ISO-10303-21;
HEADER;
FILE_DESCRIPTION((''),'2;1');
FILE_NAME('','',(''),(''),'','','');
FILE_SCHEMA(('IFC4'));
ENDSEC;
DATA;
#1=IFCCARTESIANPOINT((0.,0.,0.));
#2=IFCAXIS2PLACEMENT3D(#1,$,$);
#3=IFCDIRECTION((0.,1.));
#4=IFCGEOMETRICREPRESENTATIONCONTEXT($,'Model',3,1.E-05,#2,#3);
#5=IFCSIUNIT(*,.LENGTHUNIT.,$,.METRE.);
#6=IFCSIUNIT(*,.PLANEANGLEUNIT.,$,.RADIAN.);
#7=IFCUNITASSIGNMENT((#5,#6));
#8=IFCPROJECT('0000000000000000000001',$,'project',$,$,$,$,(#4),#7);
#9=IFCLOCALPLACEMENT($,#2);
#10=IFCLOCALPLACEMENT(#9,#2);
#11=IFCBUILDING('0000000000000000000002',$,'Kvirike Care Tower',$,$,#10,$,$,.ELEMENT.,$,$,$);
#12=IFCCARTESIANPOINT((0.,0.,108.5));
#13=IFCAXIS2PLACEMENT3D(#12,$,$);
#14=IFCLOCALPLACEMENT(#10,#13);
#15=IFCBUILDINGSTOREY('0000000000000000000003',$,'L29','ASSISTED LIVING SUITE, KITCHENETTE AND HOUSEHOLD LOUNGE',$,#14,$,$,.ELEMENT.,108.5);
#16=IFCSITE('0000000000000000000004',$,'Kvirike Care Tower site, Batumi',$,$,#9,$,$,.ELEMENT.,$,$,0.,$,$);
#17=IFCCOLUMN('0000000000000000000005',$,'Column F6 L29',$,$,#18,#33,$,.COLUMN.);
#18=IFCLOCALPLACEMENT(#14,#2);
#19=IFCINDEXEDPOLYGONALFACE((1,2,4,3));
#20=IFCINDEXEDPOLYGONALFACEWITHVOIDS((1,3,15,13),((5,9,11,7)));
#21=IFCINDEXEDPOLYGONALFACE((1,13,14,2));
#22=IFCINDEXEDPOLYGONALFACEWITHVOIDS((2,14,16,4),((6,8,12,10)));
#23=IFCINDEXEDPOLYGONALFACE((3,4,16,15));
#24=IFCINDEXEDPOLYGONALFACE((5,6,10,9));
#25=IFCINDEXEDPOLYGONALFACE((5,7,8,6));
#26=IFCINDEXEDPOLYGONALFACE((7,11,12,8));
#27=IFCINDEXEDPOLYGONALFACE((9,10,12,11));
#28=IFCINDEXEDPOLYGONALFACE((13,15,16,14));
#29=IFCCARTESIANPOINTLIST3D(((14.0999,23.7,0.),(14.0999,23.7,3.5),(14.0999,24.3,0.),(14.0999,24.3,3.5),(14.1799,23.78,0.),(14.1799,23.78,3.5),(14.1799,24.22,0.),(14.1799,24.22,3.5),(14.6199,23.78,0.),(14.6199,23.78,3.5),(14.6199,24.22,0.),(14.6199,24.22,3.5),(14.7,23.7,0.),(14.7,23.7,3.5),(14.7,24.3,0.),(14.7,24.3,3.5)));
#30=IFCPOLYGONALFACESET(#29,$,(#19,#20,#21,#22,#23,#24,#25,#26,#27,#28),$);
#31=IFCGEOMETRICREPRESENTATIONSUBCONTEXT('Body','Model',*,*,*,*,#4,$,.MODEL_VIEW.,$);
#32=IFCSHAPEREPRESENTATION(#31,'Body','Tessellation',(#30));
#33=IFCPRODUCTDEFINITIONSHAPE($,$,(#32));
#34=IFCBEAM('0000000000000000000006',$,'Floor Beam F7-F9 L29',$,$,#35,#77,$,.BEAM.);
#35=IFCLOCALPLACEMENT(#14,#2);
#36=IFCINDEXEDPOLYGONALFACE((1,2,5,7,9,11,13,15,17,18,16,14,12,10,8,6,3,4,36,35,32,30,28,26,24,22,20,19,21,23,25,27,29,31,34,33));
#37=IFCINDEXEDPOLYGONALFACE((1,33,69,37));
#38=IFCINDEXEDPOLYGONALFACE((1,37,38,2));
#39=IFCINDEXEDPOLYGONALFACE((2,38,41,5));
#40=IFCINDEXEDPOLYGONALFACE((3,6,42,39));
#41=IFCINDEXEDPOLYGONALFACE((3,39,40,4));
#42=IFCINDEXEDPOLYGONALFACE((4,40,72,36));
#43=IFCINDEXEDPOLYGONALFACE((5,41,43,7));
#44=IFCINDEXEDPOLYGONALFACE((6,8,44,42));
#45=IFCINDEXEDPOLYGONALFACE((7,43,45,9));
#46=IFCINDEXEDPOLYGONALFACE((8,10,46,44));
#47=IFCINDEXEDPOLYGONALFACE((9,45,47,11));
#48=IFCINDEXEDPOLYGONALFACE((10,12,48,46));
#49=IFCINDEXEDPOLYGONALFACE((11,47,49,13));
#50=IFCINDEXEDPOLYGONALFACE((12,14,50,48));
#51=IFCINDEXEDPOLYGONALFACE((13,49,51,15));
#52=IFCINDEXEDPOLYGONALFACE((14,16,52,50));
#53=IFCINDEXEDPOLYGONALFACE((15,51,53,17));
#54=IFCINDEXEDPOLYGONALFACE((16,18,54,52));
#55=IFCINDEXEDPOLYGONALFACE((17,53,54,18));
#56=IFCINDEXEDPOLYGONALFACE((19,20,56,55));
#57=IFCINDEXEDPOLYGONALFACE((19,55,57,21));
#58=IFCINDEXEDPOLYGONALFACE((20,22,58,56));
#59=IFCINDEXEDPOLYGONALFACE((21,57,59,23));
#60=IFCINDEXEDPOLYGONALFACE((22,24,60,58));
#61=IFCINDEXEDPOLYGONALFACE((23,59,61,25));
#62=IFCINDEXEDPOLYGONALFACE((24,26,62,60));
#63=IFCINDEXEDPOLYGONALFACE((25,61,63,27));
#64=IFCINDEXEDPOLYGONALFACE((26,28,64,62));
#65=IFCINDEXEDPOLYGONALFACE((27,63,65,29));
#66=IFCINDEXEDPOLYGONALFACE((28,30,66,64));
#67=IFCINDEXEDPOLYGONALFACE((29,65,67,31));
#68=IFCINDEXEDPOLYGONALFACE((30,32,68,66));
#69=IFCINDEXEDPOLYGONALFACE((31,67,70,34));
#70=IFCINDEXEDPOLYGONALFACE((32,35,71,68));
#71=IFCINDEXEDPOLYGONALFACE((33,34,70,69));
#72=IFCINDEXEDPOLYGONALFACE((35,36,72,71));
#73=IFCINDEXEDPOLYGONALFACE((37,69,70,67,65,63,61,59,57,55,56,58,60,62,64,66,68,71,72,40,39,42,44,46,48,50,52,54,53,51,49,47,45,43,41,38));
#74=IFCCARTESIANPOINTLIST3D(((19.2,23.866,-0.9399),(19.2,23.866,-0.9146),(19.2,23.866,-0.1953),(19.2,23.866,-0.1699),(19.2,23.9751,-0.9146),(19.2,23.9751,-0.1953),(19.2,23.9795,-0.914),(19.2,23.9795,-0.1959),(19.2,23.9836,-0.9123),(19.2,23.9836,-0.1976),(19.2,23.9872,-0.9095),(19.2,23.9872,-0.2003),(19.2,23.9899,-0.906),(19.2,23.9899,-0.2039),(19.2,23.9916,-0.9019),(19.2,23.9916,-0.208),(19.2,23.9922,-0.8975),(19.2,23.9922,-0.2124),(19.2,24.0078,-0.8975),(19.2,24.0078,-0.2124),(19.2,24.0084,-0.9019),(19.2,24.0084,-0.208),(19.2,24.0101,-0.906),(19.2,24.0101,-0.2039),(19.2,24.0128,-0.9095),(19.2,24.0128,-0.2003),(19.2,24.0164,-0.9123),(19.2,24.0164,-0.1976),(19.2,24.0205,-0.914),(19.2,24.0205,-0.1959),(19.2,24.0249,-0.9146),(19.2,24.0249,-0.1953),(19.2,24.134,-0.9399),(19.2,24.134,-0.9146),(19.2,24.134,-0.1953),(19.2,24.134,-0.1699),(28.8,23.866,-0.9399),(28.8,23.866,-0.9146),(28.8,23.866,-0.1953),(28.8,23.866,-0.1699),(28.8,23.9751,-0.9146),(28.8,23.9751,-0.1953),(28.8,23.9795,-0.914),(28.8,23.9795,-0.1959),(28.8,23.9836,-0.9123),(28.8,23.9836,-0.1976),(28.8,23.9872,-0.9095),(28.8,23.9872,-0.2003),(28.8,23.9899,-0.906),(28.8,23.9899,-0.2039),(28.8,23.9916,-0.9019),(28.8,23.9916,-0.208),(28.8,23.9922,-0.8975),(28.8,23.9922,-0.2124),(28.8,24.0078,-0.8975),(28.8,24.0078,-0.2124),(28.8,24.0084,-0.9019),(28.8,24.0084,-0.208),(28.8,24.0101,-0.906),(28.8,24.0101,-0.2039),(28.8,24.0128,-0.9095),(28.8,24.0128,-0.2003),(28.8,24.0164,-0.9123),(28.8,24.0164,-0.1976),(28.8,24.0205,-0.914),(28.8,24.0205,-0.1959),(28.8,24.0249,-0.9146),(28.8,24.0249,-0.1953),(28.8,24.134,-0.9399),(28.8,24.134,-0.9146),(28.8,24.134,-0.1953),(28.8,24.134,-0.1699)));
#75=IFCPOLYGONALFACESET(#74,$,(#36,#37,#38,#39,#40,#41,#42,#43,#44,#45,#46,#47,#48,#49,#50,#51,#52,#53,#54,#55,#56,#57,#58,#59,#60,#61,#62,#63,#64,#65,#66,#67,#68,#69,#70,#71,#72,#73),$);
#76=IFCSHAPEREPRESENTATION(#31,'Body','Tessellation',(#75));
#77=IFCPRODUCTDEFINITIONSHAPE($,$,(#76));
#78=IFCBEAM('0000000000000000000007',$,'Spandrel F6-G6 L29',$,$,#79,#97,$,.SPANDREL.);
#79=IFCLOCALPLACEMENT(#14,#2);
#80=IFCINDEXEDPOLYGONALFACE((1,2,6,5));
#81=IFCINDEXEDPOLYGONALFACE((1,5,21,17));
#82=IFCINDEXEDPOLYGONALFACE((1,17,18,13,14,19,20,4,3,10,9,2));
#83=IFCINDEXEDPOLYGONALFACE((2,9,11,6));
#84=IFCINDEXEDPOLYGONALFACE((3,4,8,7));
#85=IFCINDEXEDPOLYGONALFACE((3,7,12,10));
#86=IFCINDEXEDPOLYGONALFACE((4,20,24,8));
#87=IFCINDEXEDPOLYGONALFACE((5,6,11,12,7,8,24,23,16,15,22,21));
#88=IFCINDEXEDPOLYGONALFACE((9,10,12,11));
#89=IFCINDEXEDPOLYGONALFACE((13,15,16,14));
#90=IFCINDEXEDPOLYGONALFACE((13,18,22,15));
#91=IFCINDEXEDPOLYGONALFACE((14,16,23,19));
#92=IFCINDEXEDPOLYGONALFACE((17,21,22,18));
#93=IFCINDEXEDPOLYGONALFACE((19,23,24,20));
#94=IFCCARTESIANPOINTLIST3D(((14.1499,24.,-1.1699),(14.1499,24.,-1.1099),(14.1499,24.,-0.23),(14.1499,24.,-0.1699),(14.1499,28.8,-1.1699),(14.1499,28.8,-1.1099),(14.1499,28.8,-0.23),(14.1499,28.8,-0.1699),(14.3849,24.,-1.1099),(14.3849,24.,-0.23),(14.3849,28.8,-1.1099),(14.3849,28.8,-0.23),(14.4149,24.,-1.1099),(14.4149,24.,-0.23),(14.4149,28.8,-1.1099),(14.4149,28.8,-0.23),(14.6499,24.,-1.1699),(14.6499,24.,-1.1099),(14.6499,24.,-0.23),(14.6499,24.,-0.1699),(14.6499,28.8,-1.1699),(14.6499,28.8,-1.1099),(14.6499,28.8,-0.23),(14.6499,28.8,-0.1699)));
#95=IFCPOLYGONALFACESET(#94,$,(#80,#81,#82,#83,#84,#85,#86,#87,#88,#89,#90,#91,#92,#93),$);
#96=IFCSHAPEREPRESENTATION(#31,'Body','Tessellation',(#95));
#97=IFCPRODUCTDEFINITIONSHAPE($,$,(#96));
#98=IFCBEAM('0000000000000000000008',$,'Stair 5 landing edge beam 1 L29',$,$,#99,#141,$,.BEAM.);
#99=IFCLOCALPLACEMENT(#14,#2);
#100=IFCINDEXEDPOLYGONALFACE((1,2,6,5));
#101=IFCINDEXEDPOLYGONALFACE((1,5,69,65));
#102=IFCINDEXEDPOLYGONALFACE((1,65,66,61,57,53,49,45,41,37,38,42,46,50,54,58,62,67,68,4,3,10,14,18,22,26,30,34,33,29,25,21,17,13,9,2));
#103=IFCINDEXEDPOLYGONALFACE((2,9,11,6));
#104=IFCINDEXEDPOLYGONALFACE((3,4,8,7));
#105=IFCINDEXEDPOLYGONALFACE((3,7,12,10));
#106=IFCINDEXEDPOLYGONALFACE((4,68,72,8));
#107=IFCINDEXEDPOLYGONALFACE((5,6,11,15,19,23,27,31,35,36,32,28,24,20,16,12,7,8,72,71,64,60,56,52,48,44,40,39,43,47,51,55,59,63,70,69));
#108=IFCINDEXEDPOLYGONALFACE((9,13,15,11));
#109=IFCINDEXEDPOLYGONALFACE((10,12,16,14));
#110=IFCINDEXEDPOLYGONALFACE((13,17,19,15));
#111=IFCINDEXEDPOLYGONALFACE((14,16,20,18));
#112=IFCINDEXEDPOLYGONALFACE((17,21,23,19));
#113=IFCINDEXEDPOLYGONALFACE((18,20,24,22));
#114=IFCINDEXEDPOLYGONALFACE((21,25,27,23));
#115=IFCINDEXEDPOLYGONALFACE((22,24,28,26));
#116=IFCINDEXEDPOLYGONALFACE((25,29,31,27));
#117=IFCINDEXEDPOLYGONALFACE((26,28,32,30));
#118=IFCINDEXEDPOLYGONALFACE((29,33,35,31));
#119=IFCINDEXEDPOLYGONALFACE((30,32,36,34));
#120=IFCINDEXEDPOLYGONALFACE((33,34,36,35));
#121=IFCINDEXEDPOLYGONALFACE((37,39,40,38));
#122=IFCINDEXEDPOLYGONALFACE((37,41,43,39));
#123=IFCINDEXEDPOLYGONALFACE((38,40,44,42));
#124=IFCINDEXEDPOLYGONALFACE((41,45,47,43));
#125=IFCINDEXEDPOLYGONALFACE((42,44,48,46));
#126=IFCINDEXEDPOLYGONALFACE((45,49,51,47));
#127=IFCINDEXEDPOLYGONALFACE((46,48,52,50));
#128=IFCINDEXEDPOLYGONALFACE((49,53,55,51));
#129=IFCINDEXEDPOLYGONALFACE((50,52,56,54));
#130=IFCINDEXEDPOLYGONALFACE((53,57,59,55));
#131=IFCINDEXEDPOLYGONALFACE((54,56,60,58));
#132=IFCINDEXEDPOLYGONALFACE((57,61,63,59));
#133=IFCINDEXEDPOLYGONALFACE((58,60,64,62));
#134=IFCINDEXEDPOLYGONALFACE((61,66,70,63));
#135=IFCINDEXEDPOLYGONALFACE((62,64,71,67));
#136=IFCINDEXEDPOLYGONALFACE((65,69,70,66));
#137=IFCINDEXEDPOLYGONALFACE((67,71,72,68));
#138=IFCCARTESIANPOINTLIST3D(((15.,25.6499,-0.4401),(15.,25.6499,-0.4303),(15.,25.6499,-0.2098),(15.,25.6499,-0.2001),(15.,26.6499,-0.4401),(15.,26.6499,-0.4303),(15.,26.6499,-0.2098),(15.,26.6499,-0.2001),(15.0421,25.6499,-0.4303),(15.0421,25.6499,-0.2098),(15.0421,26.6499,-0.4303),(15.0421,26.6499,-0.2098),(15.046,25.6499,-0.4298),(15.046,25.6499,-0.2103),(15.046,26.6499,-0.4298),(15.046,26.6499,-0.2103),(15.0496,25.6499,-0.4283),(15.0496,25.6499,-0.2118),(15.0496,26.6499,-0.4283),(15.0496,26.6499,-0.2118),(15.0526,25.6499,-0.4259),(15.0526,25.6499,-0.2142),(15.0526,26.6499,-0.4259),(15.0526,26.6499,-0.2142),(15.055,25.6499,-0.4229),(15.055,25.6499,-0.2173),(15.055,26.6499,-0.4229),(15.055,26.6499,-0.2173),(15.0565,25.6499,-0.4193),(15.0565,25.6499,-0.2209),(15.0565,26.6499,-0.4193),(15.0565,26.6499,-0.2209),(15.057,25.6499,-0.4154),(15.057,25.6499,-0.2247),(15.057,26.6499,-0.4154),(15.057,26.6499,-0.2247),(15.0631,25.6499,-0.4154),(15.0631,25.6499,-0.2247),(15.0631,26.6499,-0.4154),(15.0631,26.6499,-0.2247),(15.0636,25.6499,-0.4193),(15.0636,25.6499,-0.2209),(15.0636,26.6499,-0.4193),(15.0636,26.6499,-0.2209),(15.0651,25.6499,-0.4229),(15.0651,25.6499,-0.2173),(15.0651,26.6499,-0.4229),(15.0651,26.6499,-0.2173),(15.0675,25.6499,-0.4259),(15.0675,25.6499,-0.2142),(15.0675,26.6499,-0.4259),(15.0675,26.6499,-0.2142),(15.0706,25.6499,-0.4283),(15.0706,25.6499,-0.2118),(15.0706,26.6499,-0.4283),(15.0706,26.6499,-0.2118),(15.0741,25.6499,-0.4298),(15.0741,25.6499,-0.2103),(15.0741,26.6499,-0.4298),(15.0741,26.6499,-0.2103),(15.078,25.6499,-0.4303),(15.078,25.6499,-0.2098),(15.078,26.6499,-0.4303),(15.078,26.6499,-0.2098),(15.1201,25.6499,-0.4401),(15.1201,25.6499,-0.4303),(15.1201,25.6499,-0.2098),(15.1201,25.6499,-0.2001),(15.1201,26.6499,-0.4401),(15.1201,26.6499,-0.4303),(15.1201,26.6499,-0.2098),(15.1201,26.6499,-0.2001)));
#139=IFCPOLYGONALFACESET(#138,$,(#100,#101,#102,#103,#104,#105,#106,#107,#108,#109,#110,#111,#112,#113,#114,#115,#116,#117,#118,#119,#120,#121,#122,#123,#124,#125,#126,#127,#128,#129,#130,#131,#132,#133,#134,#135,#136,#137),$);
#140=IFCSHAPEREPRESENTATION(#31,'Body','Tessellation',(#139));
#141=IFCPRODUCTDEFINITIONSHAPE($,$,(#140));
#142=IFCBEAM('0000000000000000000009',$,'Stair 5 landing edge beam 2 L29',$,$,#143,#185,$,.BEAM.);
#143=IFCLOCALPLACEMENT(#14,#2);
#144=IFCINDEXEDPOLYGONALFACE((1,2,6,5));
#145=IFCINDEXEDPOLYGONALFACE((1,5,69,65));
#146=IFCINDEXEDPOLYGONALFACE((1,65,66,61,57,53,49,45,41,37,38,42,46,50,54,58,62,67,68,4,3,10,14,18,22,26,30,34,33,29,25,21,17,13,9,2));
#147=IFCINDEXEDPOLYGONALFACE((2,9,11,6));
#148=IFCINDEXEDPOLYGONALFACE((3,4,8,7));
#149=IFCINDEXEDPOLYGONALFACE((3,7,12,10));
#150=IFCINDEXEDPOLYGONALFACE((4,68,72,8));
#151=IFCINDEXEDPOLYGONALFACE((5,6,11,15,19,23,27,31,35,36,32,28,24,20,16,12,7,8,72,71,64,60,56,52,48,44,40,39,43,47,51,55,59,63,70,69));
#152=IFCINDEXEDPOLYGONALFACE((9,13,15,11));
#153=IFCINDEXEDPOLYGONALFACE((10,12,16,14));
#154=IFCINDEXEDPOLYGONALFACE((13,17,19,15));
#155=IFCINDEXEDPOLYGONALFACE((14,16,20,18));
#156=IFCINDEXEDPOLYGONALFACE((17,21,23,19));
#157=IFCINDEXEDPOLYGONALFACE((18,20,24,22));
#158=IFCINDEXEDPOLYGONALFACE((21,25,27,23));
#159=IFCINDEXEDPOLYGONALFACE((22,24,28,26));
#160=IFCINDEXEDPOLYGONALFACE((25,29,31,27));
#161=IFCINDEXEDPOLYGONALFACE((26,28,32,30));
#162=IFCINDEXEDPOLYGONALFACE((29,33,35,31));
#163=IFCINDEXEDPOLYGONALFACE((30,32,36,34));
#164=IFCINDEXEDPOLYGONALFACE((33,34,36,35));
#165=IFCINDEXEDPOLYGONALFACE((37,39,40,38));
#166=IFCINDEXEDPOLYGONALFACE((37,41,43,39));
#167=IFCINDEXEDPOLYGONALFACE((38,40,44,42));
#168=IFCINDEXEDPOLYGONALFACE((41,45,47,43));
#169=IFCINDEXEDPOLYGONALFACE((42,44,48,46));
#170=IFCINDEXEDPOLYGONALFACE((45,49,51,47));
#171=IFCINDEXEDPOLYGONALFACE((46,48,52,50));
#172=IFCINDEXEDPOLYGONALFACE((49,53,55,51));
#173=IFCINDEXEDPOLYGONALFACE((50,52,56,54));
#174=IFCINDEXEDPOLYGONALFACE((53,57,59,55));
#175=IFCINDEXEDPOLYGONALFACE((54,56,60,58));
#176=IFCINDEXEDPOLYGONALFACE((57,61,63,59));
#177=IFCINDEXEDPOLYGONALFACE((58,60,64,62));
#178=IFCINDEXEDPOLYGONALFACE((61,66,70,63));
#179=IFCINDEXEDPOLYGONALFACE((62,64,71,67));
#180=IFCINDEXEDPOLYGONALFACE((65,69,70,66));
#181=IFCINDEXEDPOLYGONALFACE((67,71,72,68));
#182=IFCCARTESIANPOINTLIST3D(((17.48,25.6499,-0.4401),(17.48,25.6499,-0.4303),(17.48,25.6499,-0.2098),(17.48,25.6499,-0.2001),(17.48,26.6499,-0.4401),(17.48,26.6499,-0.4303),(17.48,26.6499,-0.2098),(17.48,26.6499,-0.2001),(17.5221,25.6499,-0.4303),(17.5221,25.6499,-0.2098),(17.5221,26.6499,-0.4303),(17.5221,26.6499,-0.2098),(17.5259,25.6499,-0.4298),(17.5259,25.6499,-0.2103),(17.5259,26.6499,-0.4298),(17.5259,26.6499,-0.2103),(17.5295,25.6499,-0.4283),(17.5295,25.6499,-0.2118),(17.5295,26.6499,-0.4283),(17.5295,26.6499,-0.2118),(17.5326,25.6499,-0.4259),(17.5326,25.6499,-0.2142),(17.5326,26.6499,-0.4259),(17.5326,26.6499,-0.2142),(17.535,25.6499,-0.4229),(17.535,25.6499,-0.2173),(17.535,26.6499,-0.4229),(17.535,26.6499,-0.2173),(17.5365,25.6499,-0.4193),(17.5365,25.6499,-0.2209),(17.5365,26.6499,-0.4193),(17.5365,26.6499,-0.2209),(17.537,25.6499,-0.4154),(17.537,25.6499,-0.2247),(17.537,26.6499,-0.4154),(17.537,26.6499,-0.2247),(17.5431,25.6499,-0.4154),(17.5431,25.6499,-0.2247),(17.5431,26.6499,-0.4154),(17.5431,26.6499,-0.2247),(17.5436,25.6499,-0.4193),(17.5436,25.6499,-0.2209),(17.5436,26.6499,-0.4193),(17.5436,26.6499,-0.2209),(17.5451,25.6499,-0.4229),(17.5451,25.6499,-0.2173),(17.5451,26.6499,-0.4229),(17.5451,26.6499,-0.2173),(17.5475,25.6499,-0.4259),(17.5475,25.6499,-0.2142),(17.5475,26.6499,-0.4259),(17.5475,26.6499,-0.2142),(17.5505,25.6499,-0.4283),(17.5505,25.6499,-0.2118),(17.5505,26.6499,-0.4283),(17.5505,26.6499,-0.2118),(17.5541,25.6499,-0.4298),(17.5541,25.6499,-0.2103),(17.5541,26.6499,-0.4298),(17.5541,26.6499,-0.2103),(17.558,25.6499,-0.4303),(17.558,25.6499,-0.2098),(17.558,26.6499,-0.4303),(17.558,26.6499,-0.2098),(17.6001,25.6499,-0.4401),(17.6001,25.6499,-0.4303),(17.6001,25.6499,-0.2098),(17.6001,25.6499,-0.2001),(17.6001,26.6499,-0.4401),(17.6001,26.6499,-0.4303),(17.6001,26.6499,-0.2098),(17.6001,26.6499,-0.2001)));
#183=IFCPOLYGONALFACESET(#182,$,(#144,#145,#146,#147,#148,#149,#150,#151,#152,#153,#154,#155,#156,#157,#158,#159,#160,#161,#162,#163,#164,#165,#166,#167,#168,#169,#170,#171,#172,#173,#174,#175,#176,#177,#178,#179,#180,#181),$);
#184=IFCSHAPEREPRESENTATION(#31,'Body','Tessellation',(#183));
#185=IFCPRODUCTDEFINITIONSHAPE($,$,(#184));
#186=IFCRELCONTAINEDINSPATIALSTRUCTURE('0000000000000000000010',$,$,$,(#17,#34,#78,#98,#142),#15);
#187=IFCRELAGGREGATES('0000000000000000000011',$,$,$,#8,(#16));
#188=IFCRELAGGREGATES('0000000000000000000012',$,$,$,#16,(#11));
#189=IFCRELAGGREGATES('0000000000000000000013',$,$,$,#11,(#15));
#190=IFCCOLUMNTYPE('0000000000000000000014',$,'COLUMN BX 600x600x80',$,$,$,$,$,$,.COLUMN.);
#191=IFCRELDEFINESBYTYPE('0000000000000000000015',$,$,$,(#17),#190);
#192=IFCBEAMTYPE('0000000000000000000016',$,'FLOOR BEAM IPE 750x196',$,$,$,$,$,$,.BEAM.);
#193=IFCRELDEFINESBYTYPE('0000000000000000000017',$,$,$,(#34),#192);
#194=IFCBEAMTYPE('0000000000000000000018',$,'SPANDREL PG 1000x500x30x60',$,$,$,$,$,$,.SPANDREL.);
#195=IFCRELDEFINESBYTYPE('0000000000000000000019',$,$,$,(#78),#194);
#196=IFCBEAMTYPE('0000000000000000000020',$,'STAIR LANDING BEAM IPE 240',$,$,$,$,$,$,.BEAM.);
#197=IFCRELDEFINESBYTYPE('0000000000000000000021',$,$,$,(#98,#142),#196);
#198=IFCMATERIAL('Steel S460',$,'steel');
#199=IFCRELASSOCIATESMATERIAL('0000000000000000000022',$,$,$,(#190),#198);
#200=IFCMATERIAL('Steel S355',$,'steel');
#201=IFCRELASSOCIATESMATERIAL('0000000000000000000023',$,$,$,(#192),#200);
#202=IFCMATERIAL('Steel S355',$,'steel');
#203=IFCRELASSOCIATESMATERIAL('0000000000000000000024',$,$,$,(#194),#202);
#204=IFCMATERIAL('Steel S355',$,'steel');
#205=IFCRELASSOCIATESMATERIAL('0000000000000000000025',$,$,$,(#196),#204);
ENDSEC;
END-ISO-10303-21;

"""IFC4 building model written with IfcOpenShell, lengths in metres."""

from ifc_helpers import new_model, si_unit, direction, frame, origin, origin_2d, place, context, subcontext, project, spatial, hollow_rectangle, i_section, extrude, material, material_profile, profile_set, type_object, element, save


model = new_model("IFC4")

# Units and contexts
model_context = context("Model", 3, precision=1e-05, world=origin(), true_north=direction((0.0, 1.0)))
body_context = subcontext(model_context, "Body", "Model", "MODEL_VIEW")
ifc_project = project(units=[si_unit("LENGTHUNIT", "METRE"), si_unit("PLANEANGLEUNIT", "RADIAN")], contexts=[model_context])

# Site, building, storey
site_placement = place(None, origin())
site = spatial("IfcSite", under=ifc_project, at=site_placement, Name="Kvirike Care Tower site, Batumi", CompositionType="ELEMENT", RefElevation=0.0)
building_placement = place(site_placement, origin())
building = spatial("IfcBuilding", under=site, at=building_placement, Name="Kvirike Care Tower", CompositionType="ELEMENT")
storey_placement = place(building_placement, frame((0.0, 0.0, 108.5)))
storey = spatial("IfcBuildingStorey", under=building, at=storey_placement, Name="L29", Description="ASSISTED LIVING SUITE, KITCHENETTE AND HOUSEHOLD LOUNGE", CompositionType="ELEMENT", Elevation=108.5)

# Column
ifc_material_1 = material(Name="Steel S460", Category="steel")
ifc_material_profile_1 = material_profile(ifc_material_1, hollow_rectangle(XDim=0.6001, YDim=0.6001, WallThickness=0.0801, at=origin_2d()), Name="BX 600x600x80")
ifc_profile_set_1 = profile_set([ifc_material_profile_1], Name="Steel S460")
column_type = type_object("IfcColumnType", Name="COLUMN BX 600x600x80", PredefinedType="COLUMN", material=ifc_profile_set_1)
column_placement = place(storey_placement, frame((14.3999, 24.0, 0.0), z_axis=(0.0, 0.0, 1.0), x_axis=(1.0, 0.0, 0.0)))
element("IfcColumn", 1, at=column_placement, inside=storey, type_object=column_type, Name="Column F6 L29", PredefinedType="COLUMN", context=body_context, shape_type="SweptSolid", body=[
    extrude(hollow_rectangle(XDim=0.6001, YDim=0.6001, WallThickness=0.0801, at=origin_2d()), origin(), (0.0, 0.0, 1.0), 3.5),
])

# Beams
ifc_material_2 = material(Name="Steel S355", Category="steel")
ifc_material_profile_2 = material_profile(ifc_material_2, i_section(OverallWidth=0.2681, OverallDepth=0.77, WebThickness=0.0156, FlangeThickness=0.0254, FilletRadius=0.0171, at=origin_2d()), Name="IPE 750x196")
ifc_profile_set_2 = profile_set([ifc_material_profile_2], Name="Steel S355")
beam_type_1 = type_object("IfcBeamType", Name="FLOOR BEAM IPE 750x196", PredefinedType="BEAM", material=ifc_profile_set_2)
beam_1_placement = place(storey_placement, frame((19.2, 24.0, -0.5549), z_axis=(1.0, 0.0, 0.0), x_axis=(0.0, 1.0, 0.0)))
element("IfcBeam", 2, at=beam_1_placement, inside=storey, type_object=beam_type_1, Name="Floor Beam F7-F9 L29", PredefinedType="BEAM", context=body_context, shape_type="SweptSolid", body=[
    extrude(i_section(OverallWidth=0.2681, OverallDepth=0.77, WebThickness=0.0156, FlangeThickness=0.0254, FilletRadius=0.0171, at=origin_2d()), origin(), (0.0, 0.0, 1.0), 9.6001),
])
ifc_material_3 = material(Name="Steel S355", Category="steel")
ifc_material_profile_3 = material_profile(ifc_material_3, i_section(OverallWidth=0.5, OverallDepth=1.0, WebThickness=0.03, FlangeThickness=0.0601, at=origin_2d()), Name="PG 1000x500x30x60")
ifc_profile_set_3 = profile_set([ifc_material_profile_3], Name="Steel S355")
beam_type_2 = type_object("IfcBeamType", Name="SPANDREL PG 1000x500x30x60", PredefinedType="SPANDREL", material=ifc_profile_set_3)
beam_2_placement = place(storey_placement, frame((14.3999, 24.0, -0.6699), z_axis=(0.0, 1.0, 0.0), x_axis=(-1.0, 0.0, 0.0)))
element("IfcBeam", 3, at=beam_2_placement, inside=storey, type_object=beam_type_2, Name="Spandrel F6-G6 L29", PredefinedType="SPANDREL", context=body_context, shape_type="SweptSolid", body=[
    extrude(i_section(OverallWidth=0.5, OverallDepth=1.0, WebThickness=0.03, FlangeThickness=0.0601, at=origin_2d()), origin(), (0.0, 0.0, 1.0), 4.8),
])
ifc_material_4 = material(Name="Steel S355", Category="steel")
ifc_material_profile_4 = material_profile(ifc_material_4, i_section(OverallWidth=0.1201, OverallDepth=0.24, WebThickness=0.0061, FlangeThickness=0.0098, FilletRadius=0.0149, at=origin_2d()), Name="IPE 240")
ifc_profile_set_4 = profile_set([ifc_material_profile_4], Name="Steel S355")
beam_type_3 = type_object("IfcBeamType", Name="STAIR LANDING BEAM IPE 240", PredefinedType="BEAM", material=ifc_profile_set_4)
for number, where, z_axis, x_axis, name in (
    (4, (15.0601, 25.6499, -0.3201), (0.0, 1.0, 0.0), (-1.0, 0.0, 0.0), "Stair 5 landing edge beam 1 L29"),
    (5, (17.54, 25.6499, -0.3201), (0.0, 1.0, 0.0), (-1.0, 0.0, 0.0), "Stair 5 landing edge beam 2 L29"),
):
    element("IfcBeam", number, at=place(storey_placement, frame(where, z_axis=z_axis, x_axis=x_axis)), inside=storey, type_object=beam_type_3, Name=name, PredefinedType="BEAM", context=body_context, shape_type="SweptSolid", body=[
        extrude(i_section(OverallWidth=0.1201, OverallDepth=0.24, WebThickness=0.0061, FlangeThickness=0.0098, FilletRadius=0.0149, at=origin_2d()), origin(), (0.0, 0.0, 1.0), 1.0),
    ])

save(model, "model.ifc")
